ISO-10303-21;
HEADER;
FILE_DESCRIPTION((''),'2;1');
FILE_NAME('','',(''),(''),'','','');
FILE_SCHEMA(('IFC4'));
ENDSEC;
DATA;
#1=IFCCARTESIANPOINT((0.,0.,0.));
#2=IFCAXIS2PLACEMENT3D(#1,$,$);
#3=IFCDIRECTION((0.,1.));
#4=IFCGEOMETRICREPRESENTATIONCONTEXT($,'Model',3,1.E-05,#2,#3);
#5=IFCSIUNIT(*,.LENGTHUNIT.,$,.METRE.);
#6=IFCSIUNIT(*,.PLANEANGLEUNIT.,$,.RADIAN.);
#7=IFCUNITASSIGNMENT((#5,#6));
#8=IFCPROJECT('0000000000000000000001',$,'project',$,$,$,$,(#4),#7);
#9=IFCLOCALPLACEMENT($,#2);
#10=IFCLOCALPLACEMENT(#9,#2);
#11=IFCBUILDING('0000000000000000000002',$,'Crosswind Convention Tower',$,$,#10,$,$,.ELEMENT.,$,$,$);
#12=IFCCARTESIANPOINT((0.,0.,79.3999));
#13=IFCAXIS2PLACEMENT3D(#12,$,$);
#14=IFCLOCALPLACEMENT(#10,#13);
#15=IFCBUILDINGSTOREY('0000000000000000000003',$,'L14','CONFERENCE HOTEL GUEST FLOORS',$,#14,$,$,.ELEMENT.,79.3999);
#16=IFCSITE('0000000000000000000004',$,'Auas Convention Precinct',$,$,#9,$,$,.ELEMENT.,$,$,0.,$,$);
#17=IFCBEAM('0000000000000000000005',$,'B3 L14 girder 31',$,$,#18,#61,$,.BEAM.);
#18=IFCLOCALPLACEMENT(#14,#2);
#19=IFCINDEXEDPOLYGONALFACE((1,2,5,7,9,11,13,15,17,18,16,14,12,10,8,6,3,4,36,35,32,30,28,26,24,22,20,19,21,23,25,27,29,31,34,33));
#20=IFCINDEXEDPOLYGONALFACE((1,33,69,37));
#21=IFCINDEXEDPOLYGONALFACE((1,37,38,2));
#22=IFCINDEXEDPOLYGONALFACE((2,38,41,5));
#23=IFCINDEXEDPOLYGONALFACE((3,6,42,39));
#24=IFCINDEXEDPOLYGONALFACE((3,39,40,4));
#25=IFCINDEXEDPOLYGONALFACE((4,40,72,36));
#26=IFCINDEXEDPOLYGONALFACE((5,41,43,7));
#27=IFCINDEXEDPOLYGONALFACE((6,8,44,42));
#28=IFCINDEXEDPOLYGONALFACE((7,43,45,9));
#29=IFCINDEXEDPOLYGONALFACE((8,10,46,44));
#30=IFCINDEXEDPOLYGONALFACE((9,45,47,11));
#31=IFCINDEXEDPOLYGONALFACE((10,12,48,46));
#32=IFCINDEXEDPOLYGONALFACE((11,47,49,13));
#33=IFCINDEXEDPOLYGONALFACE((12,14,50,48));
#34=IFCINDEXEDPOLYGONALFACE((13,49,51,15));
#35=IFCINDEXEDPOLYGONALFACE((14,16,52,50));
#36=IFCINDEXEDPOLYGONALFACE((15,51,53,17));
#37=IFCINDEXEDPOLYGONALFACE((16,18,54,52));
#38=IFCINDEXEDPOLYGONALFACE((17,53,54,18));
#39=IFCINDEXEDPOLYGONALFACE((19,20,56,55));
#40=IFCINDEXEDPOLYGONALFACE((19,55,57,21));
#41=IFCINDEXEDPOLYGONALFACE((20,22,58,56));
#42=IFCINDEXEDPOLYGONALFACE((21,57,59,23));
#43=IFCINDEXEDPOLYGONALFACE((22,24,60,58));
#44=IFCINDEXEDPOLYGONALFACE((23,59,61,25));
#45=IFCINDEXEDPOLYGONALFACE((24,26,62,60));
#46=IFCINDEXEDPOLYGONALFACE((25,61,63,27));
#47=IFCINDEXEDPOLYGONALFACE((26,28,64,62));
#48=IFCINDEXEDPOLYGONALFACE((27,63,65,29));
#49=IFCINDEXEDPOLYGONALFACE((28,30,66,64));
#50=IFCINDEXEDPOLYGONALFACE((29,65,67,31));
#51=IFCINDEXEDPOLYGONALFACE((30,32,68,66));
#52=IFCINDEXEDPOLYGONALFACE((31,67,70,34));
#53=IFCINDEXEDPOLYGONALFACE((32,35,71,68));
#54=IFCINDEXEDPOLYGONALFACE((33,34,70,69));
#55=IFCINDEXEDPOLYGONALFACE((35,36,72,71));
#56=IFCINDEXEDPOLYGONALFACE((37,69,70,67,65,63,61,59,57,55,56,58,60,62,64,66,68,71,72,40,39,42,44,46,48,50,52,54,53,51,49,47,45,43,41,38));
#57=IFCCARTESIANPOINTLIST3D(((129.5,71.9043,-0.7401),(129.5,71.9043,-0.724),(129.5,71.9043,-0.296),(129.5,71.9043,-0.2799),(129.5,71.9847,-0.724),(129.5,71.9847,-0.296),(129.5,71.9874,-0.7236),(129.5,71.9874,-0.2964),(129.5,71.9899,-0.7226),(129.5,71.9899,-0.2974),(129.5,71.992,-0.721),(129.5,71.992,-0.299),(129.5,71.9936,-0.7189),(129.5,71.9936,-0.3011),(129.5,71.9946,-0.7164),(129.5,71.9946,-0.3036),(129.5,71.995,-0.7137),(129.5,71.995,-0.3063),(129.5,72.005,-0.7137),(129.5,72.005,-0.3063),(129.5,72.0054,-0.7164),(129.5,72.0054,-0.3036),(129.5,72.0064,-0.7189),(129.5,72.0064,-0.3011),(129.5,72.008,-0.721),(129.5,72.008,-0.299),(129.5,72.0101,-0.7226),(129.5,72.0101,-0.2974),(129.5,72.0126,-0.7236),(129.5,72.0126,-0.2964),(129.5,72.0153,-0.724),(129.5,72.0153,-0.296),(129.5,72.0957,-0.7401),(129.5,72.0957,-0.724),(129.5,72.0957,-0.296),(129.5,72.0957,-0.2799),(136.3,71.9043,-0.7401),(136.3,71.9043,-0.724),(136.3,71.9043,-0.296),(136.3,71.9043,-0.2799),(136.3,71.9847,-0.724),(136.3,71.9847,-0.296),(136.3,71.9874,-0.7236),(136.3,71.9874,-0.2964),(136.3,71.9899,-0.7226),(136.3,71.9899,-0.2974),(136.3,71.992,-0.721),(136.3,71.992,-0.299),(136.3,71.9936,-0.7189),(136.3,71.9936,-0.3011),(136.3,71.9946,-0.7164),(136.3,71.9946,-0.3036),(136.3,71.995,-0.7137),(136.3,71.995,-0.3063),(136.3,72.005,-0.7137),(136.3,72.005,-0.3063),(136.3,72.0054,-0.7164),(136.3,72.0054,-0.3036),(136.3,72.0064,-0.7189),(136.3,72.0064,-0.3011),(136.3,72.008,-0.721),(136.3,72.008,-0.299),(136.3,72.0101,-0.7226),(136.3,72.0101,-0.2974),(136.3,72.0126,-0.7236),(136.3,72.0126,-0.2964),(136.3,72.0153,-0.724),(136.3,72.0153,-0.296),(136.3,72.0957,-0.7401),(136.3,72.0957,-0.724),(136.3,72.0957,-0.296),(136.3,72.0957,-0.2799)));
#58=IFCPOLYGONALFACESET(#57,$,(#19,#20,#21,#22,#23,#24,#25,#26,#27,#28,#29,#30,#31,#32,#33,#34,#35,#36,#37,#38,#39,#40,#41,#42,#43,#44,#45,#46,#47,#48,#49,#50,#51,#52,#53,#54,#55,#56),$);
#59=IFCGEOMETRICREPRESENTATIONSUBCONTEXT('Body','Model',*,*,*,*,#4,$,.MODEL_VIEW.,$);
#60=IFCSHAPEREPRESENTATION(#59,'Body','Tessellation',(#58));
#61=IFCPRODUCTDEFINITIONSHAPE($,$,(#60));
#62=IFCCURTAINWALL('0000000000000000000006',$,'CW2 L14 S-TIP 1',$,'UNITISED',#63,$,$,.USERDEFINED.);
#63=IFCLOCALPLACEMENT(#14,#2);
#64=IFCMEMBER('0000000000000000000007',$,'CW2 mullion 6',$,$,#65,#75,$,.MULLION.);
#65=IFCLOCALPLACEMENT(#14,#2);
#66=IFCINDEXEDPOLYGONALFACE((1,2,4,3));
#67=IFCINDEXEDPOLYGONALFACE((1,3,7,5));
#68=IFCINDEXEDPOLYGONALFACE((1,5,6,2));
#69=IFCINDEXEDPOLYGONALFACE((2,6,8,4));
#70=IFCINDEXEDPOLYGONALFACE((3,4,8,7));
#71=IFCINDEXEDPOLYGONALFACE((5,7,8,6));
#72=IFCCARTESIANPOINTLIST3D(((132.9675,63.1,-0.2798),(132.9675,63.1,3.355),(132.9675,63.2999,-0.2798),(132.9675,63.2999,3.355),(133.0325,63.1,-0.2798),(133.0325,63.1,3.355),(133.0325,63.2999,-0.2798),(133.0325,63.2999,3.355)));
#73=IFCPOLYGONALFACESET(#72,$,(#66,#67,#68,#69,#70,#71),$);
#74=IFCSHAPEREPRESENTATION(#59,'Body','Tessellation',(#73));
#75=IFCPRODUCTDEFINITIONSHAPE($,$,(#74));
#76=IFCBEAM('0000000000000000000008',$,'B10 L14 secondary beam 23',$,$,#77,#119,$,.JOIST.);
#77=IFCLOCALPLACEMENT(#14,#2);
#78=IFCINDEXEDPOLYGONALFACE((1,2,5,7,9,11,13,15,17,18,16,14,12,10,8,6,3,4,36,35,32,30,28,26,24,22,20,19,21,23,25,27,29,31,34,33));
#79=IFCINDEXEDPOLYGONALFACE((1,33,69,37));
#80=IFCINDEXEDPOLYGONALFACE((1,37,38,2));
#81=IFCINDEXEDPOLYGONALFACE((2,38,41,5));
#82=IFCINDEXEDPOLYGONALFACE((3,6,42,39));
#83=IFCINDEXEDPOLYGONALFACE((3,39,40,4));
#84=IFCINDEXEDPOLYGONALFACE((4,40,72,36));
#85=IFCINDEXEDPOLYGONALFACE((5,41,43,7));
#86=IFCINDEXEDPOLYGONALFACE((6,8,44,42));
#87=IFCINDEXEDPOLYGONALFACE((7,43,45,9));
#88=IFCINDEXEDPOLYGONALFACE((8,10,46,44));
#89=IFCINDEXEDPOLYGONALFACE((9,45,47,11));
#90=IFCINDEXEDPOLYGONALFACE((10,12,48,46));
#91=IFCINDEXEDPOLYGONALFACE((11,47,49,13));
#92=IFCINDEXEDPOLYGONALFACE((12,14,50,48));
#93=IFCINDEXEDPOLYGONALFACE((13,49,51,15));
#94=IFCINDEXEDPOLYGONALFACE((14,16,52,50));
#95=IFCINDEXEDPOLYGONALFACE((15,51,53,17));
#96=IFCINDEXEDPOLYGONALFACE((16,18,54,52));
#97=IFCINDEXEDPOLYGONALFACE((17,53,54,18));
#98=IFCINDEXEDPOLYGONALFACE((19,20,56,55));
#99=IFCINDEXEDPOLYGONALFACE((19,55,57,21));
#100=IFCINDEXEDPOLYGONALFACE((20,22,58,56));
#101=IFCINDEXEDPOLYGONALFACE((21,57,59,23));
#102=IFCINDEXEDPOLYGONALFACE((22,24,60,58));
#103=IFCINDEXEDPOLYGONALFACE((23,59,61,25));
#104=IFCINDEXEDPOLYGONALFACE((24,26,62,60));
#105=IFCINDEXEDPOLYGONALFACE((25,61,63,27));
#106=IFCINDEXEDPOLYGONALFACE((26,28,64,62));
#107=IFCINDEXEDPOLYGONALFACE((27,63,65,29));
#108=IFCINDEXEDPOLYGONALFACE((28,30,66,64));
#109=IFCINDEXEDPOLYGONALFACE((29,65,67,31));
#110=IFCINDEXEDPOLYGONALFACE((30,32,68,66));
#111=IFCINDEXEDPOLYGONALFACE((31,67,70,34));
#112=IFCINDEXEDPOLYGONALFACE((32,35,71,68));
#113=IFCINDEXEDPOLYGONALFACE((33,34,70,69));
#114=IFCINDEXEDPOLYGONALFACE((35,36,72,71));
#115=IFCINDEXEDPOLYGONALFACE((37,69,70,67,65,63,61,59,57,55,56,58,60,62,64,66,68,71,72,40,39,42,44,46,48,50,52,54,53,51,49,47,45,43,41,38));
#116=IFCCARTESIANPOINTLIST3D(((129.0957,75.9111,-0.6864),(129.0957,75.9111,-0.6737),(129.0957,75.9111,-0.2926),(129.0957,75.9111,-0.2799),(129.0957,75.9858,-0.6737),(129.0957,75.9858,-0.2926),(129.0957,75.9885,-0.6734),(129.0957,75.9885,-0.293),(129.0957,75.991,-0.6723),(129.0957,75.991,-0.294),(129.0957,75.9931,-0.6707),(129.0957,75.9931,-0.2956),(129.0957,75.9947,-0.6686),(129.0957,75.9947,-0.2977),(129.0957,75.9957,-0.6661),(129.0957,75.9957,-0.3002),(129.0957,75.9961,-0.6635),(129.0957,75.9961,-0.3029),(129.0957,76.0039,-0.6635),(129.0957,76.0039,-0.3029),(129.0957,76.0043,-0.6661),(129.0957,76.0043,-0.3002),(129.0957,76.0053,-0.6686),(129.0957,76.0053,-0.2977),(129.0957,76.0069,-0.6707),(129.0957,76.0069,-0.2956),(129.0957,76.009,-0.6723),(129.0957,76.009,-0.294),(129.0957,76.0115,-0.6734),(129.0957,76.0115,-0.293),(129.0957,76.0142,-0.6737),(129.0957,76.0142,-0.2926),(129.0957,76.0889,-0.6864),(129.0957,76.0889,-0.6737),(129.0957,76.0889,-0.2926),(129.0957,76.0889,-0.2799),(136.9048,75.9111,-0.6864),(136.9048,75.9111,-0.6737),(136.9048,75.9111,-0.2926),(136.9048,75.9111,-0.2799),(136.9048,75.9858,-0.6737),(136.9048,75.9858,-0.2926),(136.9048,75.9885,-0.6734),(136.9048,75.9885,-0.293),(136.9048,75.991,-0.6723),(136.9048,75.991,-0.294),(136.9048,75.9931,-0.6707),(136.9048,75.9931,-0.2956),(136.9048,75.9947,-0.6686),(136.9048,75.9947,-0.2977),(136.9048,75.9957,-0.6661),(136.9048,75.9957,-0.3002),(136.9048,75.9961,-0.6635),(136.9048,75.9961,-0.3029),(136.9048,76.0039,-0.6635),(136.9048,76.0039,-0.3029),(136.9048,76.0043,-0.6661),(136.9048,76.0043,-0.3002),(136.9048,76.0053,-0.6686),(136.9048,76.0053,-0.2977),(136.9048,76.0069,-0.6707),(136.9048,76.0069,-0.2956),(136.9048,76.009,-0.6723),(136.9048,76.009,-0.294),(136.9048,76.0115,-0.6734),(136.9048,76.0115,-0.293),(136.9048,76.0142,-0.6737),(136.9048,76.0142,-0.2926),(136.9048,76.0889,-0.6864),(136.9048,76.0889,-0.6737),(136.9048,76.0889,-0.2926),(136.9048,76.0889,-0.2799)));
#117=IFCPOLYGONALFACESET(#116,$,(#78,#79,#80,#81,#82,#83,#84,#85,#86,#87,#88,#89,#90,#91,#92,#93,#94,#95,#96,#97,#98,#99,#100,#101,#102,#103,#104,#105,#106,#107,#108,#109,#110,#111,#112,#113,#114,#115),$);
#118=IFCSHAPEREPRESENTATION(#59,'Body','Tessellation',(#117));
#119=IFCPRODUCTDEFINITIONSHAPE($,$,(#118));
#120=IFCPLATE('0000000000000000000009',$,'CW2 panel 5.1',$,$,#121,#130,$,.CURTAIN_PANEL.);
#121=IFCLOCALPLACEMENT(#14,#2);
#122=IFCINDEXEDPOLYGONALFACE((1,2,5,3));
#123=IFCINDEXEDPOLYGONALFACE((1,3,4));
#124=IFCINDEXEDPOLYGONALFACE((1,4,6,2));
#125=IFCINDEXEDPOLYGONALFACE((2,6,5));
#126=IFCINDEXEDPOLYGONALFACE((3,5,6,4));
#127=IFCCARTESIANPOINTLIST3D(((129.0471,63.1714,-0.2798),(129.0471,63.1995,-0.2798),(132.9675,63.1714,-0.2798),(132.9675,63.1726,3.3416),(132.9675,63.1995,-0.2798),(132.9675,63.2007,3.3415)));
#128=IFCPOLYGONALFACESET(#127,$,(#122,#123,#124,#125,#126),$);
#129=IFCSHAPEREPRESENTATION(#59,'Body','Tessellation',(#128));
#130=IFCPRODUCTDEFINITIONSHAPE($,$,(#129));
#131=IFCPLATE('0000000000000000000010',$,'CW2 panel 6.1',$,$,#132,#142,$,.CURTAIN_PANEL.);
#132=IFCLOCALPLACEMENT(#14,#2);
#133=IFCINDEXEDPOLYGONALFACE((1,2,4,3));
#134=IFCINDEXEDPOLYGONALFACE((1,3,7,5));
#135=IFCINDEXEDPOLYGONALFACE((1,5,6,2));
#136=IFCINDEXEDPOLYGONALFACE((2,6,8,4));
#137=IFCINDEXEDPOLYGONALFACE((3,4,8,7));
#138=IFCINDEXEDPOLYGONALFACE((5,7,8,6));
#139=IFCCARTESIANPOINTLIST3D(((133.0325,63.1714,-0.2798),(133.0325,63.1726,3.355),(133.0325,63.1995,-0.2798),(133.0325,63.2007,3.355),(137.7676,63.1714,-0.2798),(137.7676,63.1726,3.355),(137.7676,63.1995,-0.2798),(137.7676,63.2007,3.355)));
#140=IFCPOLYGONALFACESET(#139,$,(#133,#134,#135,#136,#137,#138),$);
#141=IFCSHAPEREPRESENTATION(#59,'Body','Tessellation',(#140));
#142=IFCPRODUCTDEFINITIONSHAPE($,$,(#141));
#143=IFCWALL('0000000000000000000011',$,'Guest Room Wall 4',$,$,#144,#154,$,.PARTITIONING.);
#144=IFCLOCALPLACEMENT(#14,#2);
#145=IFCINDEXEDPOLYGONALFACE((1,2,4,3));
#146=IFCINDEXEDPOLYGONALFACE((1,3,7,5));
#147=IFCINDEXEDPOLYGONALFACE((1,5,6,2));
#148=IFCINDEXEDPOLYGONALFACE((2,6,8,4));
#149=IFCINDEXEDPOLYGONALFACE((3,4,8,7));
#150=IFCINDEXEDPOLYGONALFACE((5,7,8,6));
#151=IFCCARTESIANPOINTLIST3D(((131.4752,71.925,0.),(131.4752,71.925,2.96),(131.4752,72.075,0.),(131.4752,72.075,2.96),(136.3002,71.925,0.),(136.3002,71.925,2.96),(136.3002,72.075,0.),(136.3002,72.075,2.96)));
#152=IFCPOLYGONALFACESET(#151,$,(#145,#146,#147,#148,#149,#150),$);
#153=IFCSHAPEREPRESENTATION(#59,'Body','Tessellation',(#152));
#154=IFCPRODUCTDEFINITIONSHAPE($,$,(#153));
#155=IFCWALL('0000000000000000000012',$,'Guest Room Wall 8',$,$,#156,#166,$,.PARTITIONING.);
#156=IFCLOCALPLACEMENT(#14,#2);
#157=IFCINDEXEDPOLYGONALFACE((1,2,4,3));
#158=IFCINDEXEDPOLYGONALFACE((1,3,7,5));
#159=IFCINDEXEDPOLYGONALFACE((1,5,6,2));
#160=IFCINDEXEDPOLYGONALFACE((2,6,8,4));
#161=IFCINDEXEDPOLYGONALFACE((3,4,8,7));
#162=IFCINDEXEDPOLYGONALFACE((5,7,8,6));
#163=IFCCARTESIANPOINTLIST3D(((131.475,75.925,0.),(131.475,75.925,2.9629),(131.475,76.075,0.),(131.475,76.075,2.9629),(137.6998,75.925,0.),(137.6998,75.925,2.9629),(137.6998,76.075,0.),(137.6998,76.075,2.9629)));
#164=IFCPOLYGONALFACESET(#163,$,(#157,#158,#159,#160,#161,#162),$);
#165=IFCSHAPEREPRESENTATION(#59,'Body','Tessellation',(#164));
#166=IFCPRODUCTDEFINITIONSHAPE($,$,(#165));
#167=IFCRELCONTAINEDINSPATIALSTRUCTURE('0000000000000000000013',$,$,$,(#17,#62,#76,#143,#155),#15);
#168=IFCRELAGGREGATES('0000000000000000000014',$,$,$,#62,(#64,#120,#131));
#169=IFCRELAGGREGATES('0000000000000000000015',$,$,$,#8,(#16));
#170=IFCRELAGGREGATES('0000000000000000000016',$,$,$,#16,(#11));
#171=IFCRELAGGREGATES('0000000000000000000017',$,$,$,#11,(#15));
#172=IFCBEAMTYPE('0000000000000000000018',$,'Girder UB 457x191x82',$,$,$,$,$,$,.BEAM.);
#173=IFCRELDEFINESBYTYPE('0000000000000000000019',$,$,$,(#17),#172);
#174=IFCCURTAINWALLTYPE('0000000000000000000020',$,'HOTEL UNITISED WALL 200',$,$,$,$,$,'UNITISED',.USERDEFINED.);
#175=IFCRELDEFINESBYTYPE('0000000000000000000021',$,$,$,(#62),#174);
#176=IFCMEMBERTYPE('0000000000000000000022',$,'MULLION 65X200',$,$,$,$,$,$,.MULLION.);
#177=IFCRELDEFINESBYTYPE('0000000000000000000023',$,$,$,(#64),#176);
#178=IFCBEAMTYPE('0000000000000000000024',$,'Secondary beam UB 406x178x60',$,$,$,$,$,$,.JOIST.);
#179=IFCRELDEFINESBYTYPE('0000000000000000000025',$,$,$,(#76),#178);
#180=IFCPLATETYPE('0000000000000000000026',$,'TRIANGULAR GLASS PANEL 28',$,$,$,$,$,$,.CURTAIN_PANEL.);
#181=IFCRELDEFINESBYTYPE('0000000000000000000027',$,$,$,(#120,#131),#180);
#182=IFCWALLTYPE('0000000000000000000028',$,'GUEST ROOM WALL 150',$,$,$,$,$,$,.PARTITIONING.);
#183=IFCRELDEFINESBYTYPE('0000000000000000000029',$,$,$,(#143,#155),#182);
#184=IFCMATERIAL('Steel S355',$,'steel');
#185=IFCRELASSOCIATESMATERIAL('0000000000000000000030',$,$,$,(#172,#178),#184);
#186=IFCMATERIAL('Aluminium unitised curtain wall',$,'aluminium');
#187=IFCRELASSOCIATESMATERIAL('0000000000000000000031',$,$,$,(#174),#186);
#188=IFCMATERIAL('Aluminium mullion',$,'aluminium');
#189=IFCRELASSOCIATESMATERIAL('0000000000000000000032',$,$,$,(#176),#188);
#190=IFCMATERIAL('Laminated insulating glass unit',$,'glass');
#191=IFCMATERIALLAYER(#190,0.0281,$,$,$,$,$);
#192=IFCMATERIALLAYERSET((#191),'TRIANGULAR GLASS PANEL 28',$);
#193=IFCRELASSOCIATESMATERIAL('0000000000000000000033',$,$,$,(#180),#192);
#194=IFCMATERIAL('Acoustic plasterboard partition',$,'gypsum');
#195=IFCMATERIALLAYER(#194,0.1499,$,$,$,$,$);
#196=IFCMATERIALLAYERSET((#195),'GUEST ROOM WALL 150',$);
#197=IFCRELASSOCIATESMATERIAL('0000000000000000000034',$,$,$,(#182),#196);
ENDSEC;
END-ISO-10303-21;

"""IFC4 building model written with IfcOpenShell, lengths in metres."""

from ifc_helpers import new_model, si_unit, direction, frame, frame_2d, origin, origin_2d, place, context, subcontext, project, spatial, polyline, rectangle, i_section, outline, extrude, material, layer, layer_set, material_profile, profile_set, type_object, element, aggregate, save


model = new_model("IFC4")

# Units and contexts
model_context = context("Model", 3, precision=1e-05, world=origin(), true_north=direction((0.0, 1.0)))
body_context = subcontext(model_context, "Body", "Model", "MODEL_VIEW")
ifc_project = project(units=[si_unit("LENGTHUNIT", "METRE"), si_unit("PLANEANGLEUNIT", "RADIAN")], contexts=[model_context])

# Site, building, storey
site_placement = place(None, origin())
site = spatial("IfcSite", under=ifc_project, at=site_placement, Name="Auas Convention Precinct", CompositionType="ELEMENT", RefElevation=0.0)
building_placement = place(site_placement, origin())
building = spatial("IfcBuilding", under=site, at=building_placement, Name="Crosswind Convention Tower", CompositionType="ELEMENT")
storey_placement = place(building_placement, frame((0.0, 0.0, 79.3999)))
storey = spatial("IfcBuildingStorey", under=building, at=storey_placement, Name="L14", Description="CONFERENCE HOTEL GUEST FLOORS", CompositionType="ELEMENT", Elevation=79.3999)

# Beam
ifc_material_1 = material(Name="Steel S355", Category="steel")
ifc_material_profile_1 = material_profile(ifc_material_1, i_section(OverallWidth=0.1914, OverallDepth=0.4602, WebThickness=0.01, FlangeThickness=0.0161, FilletRadius=0.0103, at=origin_2d()), Name="UB 457x191x82")
ifc_profile_set_1 = profile_set([ifc_material_profile_1], Name="Steel S355")
beam_type_1 = type_object("IfcBeamType", Name="Girder UB 457x191x82", PredefinedType="BEAM", material=ifc_profile_set_1)
beam_1_placement = place(storey_placement, frame((129.5, 72.0, -0.51), z_axis=(1.0, 0.0, 0.0), x_axis=(0.0, 1.0, 0.0)))
element("IfcBeam", 1, at=beam_1_placement, inside=storey, type_object=beam_type_1, Name="B3 L14 girder 31", PredefinedType="BEAM", context=body_context, shape_type="SweptSolid", body=[
    extrude(i_section(OverallWidth=0.1914, OverallDepth=0.4602, WebThickness=0.01, FlangeThickness=0.0161, FilletRadius=0.0103, at=origin_2d()), origin(), (0.0, 0.0, 1.0), 6.8),
])

# Curtain wall, member
ifc_material_2 = material(Name="Aluminium unitised curtain wall", Category="aluminium")
curtain_wall_type = type_object("IfcCurtainWallType", Name="HOTEL UNITISED WALL 200", ElementType="UNITISED", PredefinedType="USERDEFINED", material=ifc_material_2)
curtain_wall_placement = place(storey_placement, origin())
curtain_wall = element("IfcCurtainWall", 2, at=curtain_wall_placement, inside=storey, type_object=curtain_wall_type, Name="CW2 L14 S-TIP 1", ObjectType="UNITISED", PredefinedType="USERDEFINED")
ifc_material_3 = material(Name="Aluminium mullion", Category="aluminium")
ifc_material_profile_2 = material_profile(ifc_material_3, rectangle(XDim=0.2, YDim=0.0649, at=origin_2d()), Name="AL 200X65")
ifc_profile_set_2 = profile_set([ifc_material_profile_2], Name="Aluminium mullion")
member_type = type_object("IfcMemberType", Name="MULLION 65X200", PredefinedType="MULLION", material=ifc_profile_set_2)
member_placement = place(storey_placement, frame((133.0, 63.2, -0.2798), z_axis=(0.0, 0.0, 1.0), x_axis=(0.0, -1.0, 0.0)))
member = element("IfcMember", 3, at=member_placement, type_object=member_type, Name="CW2 mullion 6", PredefinedType="MULLION", context=body_context, shape_type="SweptSolid", body=[
    extrude(rectangle(XDim=0.2, YDim=0.0649, at=origin_2d()), origin(), (0.0, 0.0, 1.0), 3.6348),
])

# Beam
ifc_material_profile_3 = material_profile(ifc_material_1, i_section(OverallWidth=0.1777, OverallDepth=0.4065, WebThickness=0.0078, FlangeThickness=0.0127, FilletRadius=0.0103, at=origin_2d()), Name="UB 406x178x60")
ifc_profile_set_3 = profile_set([ifc_material_profile_3], Name="Steel S355")
beam_type_2 = type_object("IfcBeamType", Name="Secondary beam UB 406x178x60", PredefinedType="JOIST", material=ifc_profile_set_3)
beam_2_placement = place(storey_placement, frame((129.0957, 76.0, -0.4832), z_axis=(1.0, 0.0, 0.0), x_axis=(0.0, 1.0, 0.0)))
element("IfcBeam", 4, at=beam_2_placement, inside=storey, type_object=beam_type_2, Name="B10 L14 secondary beam 23", PredefinedType="JOIST", context=body_context, shape_type="SweptSolid", body=[
    extrude(i_section(OverallWidth=0.1777, OverallDepth=0.4065, WebThickness=0.0078, FlangeThickness=0.0127, FilletRadius=0.0103, at=origin_2d()), origin(), (0.0, 0.0, 1.0), 7.8091),
])

# Plates
ifc_material_4 = material(Name="Laminated insulating glass unit", Category="glass")
ifc_layer_1 = layer(ifc_material_4, 0.0281)
ifc_layer_set_1 = layer_set([ifc_layer_1], Name="TRIANGULAR GLASS PANEL 28")
plate_type = type_object("IfcPlateType", Name="TRIANGULAR GLASS PANEL 28", PredefinedType="CURTAIN_PANEL", material=ifc_layer_set_1)
plate_1_placement = place(storey_placement, frame((132.9675, 63.1714, -0.2798), z_axis=(0.0, -1.0, 0.000337), x_axis=(0.0, 0.000337, 1.0)))
plate_1 = element("IfcPlate", 5, at=plate_1_placement, type_object=plate_type, Name="CW2 panel 5.1", PredefinedType="CURTAIN_PANEL", context=body_context, shape_type="SweptSolid", body=[
    extrude(outline(polyline([(0.0, 0.0), (3.6213, 0.0), (0.0, 3.9204), (0.0, 0.0)])), origin(), (0.0, 0.0, -1.0), 0.0281),
])
plate_2_placement = place(storey_placement, frame((133.0325, 63.1714, -0.2798), z_axis=(0.0, -1.0, 0.000336), x_axis=(1.0, 0.0, 0.0)))
plate_2 = element("IfcPlate", 6, at=plate_2_placement, type_object=plate_type, Name="CW2 panel 6.1", PredefinedType="CURTAIN_PANEL", context=body_context, shape_type="SweptSolid", body=[
    extrude(outline(polyline([(0.0, 0.0), (4.7351, 0.0), (4.7351, 3.6348), (0.0, 3.6348), (0.0, 0.0)])), origin(), (0.0, 0.0, -1.0), 0.0281),
])
aggregate(curtain_wall, [member, plate_1, plate_2])

# Walls
ifc_material_5 = material(Name="Acoustic plasterboard partition", Category="gypsum")
ifc_layer_2 = layer(ifc_material_5, 0.1499)
ifc_layer_set_2 = layer_set([ifc_layer_2], Name="GUEST ROOM WALL 150")
wall_type_1 = type_object("IfcWallType", Name="GUEST ROOM WALL 150", PredefinedType="PARTITIONING", material=ifc_layer_set_2)
wall_1_placement = place(storey_placement, frame((131.4751, 72.0, 0.0), z_axis=(0.0, 0.0, 1.0), x_axis=(1.0, 0.0, 0.0)))
element("IfcWall", 7, at=wall_1_placement, inside=storey, type_object=wall_type_1, Name="Guest Room Wall 4", PredefinedType="PARTITIONING", context=body_context, shape_type="SweptSolid", body=[
    extrude(rectangle(XDim=4.825, YDim=0.1499, at=frame_2d((2.4126, 0.0))), origin(), (0.0, 0.0, 1.0), 2.96),
])
wall_2_placement = place(storey_placement, frame((131.4751, 76.0, 0.0), z_axis=(0.0, 0.0, 1.0), x_axis=(1.0, 0.0, 0.0)))
element("IfcWall", 8, at=wall_2_placement, inside=storey, type_object=wall_type_1, Name="Guest Room Wall 8", PredefinedType="PARTITIONING", context=body_context, shape_type="SweptSolid", body=[
    extrude(rectangle(XDim=6.2249, YDim=0.1499, at=frame_2d((3.1123, 0.0))), origin(), (0.0, 0.0, 1.0), 2.9629),
])

save(model, "model.ifc")
